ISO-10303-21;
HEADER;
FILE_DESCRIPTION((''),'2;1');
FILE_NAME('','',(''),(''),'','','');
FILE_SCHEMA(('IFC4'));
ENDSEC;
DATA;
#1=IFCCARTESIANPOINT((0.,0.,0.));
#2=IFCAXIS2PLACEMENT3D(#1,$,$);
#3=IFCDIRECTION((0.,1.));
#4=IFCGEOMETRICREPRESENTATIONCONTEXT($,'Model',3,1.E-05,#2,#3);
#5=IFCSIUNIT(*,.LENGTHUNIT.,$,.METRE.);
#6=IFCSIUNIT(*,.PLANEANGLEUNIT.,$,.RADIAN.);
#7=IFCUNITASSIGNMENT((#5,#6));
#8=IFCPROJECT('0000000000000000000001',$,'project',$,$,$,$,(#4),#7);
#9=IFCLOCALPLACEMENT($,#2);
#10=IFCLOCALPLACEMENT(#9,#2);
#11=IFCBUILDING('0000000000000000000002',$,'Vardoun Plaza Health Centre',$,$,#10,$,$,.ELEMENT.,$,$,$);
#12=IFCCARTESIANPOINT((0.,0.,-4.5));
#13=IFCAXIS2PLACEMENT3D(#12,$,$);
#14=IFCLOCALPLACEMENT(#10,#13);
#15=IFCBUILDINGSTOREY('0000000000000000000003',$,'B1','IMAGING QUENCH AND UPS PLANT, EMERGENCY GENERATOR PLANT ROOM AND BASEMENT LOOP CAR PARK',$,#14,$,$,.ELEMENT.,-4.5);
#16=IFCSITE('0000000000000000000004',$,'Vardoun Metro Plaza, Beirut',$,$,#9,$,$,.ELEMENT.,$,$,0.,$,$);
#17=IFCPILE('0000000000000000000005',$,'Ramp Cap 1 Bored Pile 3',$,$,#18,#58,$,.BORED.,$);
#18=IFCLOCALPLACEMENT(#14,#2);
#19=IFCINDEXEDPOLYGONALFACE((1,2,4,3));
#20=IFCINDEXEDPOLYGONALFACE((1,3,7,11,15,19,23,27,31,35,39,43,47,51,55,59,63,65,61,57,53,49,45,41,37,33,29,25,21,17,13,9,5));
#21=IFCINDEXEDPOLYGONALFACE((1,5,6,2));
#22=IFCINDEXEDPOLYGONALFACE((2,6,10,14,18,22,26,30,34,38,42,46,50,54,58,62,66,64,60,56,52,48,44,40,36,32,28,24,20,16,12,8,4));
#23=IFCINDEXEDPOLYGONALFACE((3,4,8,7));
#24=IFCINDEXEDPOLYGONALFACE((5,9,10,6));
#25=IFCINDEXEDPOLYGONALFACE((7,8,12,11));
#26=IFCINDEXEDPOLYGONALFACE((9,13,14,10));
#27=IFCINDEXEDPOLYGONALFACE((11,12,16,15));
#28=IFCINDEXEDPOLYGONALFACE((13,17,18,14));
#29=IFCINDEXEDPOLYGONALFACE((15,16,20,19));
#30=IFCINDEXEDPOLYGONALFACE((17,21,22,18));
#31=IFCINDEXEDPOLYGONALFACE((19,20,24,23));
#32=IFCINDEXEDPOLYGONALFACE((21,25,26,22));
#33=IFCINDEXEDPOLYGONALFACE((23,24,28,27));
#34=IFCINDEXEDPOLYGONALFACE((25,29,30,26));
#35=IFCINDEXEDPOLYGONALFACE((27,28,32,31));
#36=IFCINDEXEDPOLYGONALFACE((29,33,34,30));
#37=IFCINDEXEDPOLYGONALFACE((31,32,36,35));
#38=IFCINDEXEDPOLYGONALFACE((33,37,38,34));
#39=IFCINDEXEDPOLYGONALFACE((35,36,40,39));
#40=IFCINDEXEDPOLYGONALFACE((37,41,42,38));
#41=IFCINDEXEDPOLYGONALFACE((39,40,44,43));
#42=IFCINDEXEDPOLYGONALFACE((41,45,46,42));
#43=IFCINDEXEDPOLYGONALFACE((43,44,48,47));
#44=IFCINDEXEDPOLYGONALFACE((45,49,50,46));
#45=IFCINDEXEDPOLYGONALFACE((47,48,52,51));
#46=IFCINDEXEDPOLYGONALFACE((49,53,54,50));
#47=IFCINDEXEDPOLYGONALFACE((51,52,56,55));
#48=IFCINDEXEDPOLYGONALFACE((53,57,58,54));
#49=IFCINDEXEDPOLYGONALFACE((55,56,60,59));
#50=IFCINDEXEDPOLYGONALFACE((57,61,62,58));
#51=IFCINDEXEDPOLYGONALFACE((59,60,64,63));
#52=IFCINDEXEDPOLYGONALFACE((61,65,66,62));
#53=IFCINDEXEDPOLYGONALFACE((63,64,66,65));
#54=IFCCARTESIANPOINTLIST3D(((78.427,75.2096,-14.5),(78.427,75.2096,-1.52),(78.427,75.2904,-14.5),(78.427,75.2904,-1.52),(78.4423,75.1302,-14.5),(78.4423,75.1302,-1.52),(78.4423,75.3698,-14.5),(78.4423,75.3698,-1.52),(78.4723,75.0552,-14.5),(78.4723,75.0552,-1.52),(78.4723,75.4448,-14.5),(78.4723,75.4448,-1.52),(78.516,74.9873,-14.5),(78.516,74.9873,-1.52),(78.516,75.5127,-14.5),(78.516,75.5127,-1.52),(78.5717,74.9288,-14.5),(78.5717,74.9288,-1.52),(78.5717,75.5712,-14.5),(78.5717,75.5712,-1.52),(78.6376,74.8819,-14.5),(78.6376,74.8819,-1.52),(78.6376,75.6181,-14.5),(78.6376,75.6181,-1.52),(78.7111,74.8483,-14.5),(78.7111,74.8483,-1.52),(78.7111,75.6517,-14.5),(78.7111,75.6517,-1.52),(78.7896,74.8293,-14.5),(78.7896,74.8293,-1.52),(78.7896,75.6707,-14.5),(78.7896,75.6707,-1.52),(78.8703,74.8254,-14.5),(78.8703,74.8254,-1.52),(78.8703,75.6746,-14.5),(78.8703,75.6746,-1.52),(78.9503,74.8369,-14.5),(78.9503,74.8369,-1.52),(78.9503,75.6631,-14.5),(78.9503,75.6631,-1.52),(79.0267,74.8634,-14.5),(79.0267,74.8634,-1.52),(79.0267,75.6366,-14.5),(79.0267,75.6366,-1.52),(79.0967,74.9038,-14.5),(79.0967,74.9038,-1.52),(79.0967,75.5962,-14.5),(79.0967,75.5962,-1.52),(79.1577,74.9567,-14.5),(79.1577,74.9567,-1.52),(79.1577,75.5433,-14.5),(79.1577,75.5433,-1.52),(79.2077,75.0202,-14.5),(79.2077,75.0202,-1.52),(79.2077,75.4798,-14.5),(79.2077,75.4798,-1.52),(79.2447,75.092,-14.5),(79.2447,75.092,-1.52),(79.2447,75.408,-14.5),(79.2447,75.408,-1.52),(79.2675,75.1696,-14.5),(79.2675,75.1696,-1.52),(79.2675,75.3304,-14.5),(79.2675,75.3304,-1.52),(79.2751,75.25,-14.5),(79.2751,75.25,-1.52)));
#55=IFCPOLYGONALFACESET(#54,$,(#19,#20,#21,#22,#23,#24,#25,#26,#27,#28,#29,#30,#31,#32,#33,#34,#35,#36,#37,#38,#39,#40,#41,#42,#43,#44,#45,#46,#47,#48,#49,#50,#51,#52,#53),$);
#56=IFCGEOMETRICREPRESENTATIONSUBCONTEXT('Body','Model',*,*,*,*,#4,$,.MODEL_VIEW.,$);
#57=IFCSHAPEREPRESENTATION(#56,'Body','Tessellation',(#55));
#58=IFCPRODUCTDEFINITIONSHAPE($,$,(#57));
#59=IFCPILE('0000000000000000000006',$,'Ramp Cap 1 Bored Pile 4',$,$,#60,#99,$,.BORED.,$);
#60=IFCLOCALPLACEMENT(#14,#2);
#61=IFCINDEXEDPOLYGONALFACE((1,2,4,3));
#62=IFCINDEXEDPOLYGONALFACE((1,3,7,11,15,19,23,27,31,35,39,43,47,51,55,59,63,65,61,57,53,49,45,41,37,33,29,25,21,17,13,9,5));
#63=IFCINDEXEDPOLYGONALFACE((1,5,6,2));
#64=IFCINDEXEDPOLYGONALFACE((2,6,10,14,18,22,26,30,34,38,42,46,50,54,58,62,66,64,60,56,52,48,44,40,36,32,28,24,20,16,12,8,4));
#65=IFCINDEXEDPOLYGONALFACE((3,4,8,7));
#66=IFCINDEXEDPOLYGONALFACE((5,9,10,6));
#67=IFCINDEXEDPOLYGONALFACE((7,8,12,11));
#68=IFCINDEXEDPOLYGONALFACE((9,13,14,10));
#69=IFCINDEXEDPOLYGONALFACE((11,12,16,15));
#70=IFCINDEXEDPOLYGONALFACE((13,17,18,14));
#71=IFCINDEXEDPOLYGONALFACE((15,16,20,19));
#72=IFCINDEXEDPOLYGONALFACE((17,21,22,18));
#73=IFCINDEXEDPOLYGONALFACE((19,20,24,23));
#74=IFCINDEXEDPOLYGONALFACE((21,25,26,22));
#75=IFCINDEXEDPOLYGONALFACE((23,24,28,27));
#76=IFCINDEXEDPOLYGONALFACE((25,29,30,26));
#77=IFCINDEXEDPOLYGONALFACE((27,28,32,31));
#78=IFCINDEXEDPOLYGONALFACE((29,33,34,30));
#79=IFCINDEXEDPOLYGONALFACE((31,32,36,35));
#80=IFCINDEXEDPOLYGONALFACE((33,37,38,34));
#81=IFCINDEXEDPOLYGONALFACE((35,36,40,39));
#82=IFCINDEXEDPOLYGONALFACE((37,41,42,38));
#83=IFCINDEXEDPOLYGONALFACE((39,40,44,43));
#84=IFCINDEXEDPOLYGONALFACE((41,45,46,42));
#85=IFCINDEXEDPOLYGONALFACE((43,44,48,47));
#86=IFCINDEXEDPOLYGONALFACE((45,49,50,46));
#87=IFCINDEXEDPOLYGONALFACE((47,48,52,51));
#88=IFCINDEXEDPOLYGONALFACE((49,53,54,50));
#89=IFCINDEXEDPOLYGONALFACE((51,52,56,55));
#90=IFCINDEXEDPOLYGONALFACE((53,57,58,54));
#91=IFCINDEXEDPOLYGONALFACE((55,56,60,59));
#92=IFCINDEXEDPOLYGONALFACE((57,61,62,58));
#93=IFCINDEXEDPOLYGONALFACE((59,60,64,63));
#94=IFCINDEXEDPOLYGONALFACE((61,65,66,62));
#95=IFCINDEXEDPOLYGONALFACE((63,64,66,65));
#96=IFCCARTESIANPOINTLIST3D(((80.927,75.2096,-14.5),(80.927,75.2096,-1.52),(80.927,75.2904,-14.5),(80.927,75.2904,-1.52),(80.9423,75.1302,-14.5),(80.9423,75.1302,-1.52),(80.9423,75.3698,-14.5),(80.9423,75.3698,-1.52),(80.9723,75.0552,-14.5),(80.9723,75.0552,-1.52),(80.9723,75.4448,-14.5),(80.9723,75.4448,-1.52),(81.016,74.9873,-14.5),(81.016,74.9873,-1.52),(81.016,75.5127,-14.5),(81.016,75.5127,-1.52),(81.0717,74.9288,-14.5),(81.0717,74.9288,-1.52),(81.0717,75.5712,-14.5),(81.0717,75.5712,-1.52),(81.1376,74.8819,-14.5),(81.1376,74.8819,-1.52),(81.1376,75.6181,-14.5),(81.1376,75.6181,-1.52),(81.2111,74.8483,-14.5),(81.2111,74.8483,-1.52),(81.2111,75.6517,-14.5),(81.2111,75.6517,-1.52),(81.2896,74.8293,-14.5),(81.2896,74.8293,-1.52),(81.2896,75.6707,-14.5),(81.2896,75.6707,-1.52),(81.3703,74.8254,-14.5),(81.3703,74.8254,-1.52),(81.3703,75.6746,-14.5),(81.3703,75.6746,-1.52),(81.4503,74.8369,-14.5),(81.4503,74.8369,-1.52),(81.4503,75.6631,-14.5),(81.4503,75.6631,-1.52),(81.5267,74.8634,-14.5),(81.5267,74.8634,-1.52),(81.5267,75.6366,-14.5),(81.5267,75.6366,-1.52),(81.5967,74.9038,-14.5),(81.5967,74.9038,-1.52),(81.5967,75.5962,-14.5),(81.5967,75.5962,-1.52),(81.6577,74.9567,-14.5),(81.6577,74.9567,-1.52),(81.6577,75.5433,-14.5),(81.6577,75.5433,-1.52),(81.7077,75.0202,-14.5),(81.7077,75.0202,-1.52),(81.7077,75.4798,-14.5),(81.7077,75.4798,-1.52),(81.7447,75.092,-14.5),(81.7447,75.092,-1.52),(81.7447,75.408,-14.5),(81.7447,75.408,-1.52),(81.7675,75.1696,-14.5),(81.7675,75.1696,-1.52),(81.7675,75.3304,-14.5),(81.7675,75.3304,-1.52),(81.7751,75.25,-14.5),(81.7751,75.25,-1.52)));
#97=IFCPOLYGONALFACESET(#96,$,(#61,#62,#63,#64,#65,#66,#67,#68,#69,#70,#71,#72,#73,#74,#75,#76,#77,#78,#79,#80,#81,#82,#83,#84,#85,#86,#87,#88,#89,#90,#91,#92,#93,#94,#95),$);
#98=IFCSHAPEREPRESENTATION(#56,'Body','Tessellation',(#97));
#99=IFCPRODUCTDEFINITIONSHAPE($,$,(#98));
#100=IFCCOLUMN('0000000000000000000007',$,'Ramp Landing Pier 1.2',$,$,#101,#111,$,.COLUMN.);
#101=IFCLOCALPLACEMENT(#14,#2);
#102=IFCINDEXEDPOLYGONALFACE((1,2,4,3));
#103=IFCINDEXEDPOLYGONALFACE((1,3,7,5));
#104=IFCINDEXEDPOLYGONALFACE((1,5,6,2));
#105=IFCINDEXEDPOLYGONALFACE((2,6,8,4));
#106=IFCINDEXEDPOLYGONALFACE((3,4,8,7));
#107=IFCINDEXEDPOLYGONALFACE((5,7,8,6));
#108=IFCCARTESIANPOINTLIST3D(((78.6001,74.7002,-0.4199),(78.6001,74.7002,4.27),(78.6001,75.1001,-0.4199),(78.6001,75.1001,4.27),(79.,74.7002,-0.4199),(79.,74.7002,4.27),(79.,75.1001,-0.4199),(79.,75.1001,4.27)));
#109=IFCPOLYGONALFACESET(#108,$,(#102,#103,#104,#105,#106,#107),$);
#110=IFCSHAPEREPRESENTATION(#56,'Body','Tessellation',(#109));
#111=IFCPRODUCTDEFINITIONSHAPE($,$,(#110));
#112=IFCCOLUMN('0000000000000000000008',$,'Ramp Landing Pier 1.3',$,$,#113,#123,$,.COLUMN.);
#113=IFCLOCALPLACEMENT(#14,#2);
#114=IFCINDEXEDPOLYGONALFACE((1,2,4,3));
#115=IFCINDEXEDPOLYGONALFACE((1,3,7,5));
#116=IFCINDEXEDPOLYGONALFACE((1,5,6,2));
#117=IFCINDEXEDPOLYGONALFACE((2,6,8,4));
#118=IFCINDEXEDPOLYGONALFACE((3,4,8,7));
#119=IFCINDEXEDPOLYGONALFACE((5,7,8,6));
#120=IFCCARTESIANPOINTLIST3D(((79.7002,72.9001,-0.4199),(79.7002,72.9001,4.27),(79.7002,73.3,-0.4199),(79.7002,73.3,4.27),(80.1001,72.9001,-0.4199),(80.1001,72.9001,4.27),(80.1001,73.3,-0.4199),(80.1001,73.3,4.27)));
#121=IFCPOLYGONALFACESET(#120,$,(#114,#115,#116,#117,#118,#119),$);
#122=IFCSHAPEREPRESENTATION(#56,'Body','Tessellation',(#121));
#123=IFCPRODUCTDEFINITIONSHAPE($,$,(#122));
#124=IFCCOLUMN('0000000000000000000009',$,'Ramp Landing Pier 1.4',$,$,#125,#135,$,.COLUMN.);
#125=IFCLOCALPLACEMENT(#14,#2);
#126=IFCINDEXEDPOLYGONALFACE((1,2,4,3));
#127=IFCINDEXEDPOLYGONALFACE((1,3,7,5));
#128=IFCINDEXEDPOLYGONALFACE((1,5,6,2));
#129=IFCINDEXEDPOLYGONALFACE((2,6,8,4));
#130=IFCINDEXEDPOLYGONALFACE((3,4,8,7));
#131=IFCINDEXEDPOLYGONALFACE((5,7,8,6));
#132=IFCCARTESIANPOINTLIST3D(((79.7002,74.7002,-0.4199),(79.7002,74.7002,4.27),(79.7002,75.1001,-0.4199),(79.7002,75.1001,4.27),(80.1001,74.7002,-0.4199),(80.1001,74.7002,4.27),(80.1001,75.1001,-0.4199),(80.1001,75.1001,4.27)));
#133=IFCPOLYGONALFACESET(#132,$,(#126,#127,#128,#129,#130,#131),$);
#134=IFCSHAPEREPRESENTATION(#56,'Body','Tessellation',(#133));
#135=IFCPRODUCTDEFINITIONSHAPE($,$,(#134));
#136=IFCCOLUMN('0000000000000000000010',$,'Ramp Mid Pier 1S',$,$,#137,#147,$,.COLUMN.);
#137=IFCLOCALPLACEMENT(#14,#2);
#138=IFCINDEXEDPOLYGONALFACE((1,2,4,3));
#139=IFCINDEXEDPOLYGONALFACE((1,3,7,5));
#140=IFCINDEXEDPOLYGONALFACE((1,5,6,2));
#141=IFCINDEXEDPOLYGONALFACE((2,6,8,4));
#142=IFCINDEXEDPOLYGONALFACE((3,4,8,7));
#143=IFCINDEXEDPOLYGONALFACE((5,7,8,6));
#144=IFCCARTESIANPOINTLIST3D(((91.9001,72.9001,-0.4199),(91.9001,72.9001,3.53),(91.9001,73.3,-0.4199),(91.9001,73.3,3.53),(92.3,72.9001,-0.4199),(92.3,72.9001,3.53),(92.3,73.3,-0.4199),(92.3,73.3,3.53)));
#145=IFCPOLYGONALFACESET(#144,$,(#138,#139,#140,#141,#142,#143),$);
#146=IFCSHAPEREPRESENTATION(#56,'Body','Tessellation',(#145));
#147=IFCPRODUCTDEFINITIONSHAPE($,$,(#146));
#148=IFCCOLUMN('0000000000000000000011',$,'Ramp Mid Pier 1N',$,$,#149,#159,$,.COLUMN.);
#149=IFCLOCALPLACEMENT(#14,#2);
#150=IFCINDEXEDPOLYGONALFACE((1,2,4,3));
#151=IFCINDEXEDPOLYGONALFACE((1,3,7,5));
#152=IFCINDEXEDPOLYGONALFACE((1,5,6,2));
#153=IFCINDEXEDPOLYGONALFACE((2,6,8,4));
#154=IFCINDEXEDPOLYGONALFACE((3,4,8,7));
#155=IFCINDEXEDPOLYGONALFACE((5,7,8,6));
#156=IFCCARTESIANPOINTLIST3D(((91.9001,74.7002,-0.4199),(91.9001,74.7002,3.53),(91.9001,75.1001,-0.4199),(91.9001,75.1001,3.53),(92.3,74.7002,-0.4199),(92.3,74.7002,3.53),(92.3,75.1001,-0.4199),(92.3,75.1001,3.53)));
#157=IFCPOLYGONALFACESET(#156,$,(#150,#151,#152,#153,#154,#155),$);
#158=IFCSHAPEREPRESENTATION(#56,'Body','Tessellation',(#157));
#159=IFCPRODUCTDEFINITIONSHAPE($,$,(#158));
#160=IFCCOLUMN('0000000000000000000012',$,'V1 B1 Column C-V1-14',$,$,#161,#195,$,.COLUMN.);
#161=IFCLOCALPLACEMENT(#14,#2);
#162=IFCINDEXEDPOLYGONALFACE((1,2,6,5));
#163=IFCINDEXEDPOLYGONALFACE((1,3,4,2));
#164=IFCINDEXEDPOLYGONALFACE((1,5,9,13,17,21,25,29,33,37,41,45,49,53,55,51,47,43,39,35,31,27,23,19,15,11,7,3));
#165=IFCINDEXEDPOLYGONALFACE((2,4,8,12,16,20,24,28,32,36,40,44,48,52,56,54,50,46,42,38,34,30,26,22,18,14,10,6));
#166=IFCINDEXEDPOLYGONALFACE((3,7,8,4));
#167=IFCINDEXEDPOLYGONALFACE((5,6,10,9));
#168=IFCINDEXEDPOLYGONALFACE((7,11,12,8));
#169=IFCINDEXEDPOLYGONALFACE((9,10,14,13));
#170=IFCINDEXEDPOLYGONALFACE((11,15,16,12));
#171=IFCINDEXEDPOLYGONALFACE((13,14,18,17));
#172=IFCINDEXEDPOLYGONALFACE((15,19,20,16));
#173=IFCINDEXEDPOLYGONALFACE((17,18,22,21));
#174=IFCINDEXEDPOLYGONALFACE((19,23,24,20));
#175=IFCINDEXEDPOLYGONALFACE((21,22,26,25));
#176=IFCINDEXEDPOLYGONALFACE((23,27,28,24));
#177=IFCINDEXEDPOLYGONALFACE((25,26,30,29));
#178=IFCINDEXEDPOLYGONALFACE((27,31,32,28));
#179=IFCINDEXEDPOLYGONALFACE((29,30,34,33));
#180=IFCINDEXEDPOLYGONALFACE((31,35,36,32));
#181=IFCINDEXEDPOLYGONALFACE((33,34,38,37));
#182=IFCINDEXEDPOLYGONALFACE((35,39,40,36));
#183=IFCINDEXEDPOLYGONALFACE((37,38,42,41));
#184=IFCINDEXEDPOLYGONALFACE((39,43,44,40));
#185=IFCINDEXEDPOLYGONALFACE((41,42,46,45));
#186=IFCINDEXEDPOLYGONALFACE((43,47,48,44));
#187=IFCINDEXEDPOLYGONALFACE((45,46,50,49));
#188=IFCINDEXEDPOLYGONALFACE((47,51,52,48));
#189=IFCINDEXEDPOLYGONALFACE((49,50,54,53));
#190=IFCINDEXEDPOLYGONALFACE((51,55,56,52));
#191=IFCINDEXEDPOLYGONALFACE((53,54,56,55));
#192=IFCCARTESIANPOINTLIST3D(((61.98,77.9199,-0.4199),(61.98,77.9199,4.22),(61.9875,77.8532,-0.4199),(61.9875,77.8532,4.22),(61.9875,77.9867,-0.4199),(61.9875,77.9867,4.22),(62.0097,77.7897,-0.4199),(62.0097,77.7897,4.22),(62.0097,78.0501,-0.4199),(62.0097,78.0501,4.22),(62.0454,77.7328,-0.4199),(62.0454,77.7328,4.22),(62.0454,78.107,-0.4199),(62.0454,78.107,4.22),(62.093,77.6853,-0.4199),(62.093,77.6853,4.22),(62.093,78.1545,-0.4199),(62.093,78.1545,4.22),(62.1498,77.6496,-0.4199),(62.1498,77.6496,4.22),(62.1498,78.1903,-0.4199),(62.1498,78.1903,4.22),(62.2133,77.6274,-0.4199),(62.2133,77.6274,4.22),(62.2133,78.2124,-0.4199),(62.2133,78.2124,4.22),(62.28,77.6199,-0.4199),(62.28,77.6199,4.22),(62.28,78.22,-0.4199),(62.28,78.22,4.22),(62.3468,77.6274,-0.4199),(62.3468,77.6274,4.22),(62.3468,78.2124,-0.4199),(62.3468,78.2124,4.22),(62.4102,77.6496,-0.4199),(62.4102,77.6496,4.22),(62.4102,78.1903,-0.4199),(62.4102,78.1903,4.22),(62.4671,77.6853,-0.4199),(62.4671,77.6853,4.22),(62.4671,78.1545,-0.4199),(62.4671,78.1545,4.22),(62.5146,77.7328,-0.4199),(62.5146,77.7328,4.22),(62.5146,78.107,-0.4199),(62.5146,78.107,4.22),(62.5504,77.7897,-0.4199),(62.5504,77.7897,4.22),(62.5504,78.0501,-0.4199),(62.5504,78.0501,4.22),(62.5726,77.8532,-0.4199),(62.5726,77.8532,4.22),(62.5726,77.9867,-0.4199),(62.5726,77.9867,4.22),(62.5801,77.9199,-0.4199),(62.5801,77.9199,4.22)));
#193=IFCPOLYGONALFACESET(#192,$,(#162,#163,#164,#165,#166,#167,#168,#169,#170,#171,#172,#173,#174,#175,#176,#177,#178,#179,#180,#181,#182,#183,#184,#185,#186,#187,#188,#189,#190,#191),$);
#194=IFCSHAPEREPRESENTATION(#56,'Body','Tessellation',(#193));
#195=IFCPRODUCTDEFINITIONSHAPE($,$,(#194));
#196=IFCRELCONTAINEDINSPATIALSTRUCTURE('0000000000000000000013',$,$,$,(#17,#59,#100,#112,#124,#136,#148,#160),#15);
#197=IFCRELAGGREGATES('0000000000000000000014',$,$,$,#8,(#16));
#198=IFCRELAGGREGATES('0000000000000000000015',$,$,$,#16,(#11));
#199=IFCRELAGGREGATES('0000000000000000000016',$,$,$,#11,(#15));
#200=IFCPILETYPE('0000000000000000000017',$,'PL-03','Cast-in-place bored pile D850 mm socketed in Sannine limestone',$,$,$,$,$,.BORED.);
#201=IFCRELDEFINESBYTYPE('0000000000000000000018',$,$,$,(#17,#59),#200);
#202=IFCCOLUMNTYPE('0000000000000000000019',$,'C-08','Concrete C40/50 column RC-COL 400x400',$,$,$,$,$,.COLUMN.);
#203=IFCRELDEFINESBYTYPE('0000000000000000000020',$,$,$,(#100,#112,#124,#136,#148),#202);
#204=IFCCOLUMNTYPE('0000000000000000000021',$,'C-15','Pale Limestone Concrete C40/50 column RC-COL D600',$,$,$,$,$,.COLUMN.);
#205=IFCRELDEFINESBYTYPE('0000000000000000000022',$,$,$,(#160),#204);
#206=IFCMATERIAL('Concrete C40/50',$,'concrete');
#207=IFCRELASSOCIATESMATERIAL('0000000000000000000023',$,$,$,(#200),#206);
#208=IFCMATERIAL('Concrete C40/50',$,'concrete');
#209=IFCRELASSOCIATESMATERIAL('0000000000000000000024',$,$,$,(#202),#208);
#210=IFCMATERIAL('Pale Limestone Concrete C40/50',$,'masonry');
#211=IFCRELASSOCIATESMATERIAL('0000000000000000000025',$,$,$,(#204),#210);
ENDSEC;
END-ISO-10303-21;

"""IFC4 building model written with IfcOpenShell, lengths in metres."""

from ifc_helpers import new_model, si_unit, direction, frame, origin, origin_2d, place, context, subcontext, project, spatial, rectangle, circle, extrude, material, material_profile, profile_set, type_object, element, save


model = new_model("IFC4")

# Units and contexts
model_context = context("Model", 3, precision=1e-05, world=origin(), true_north=direction((0.0, 1.0)))
body_context = subcontext(model_context, "Body", "Model", "MODEL_VIEW")
ifc_project = project(units=[si_unit("LENGTHUNIT", "METRE"), si_unit("PLANEANGLEUNIT", "RADIAN")], contexts=[model_context])

# Site, building, storey
site_placement = place(None, origin())
site = spatial("IfcSite", under=ifc_project, at=site_placement, Name="Vardoun Metro Plaza, Beirut", CompositionType="ELEMENT", RefElevation=0.0)
building_placement = place(site_placement, origin())
building = spatial("IfcBuilding", under=site, at=building_placement, Name="Vardoun Plaza Health Centre", CompositionType="ELEMENT")
storey_placement = place(building_placement, frame((0.0, 0.0, -4.5)))
storey = spatial("IfcBuildingStorey", under=building, at=storey_placement, Name="B1", Description="IMAGING QUENCH AND UPS PLANT, EMERGENCY GENERATOR PLANT ROOM AND BASEMENT LOOP CAR PARK", CompositionType="ELEMENT", Elevation=-4.5)

# Piles
ifc_material_1 = material(Name="Concrete C40/50", Category="concrete")
ifc_material_profile_1 = material_profile(ifc_material_1, circle(Radius=0.425, at=origin_2d()), Name="PILE D850")
ifc_profile_set_1 = profile_set([ifc_material_profile_1], Name="Concrete C40/50")
pile_type_1 = type_object("IfcPileType", Name="PL-03", Description="Cast-in-place bored pile D850 mm socketed in Sannine limestone", PredefinedType="BORED", material=ifc_profile_set_1)
for number, where, z_axis, x_axis, name in (
    (1, (78.8501, 75.25, -1.52), (0.0, 0.0, -1.0), (1.0, 0.0, 0.0), "Ramp Cap 1 Bored Pile 3"),
    (2, (81.3501, 75.25, -1.52), (0.0, 0.0, -1.0), (1.0, 0.0, 0.0), "Ramp Cap 1 Bored Pile 4"),
):
    element("IfcPile", number, at=place(storey_placement, frame(where, z_axis=z_axis, x_axis=x_axis)), inside=storey, type_object=pile_type_1, Name=name, PredefinedType="BORED", context=body_context, shape_type="SweptSolid", body=[
        extrude(circle(Radius=0.425, at=origin_2d()), origin(), (0.0, 0.0, 1.0), 12.98),
    ])

# Columns
ifc_material_2 = material(Name="Concrete C40/50", Category="concrete")
ifc_material_profile_2 = material_profile(ifc_material_2, rectangle(XDim=0.3999, YDim=0.3999, at=origin_2d()), Name="RC-COL 400x400")
ifc_profile_set_2 = profile_set([ifc_material_profile_2], Name="Concrete C40/50")
column_type_1 = type_object("IfcColumnType", Name="C-08", Description="Concrete C40/50 column RC-COL 400x400", PredefinedType="COLUMN", material=ifc_profile_set_2)
for number, where, z_axis, x_axis, name in (
    (3, (78.8, 74.9001, -0.4199), (0.0, 0.0, 1.0), (1.0, 0.0, 0.0), "Ramp Landing Pier 1.2"),
    (4, (79.9001, 73.1001, -0.4199), (0.0, 0.0, 1.0), (1.0, 0.0, 0.0), "Ramp Landing Pier 1.3"),
    (5, (79.9001, 74.9001, -0.4199), (0.0, 0.0, 1.0), (1.0, 0.0, 0.0), "Ramp Landing Pier 1.4"),
):
    element("IfcColumn", number, at=place(storey_placement, frame(where, z_axis=z_axis, x_axis=x_axis)), inside=storey, type_object=column_type_1, Name=name, PredefinedType="COLUMN", context=body_context, shape_type="SweptSolid", body=[
        extrude(rectangle(XDim=0.3999, YDim=0.3999, at=origin_2d()), origin(), (0.0, 0.0, 1.0), 4.6899),
    ])
for number, where, z_axis, x_axis, name in (
    (6, (92.1001, 73.1001, -0.4199), (0.0, 0.0, 1.0), (1.0, 0.0, 0.0), "Ramp Mid Pier 1S"),
    (7, (92.1001, 74.9001, -0.4199), (0.0, 0.0, 1.0), (1.0, 0.0, 0.0), "Ramp Mid Pier 1N"),
):
    element("IfcColumn", number, at=place(storey_placement, frame(where, z_axis=z_axis, x_axis=x_axis)), inside=storey, type_object=column_type_1, Name=name, PredefinedType="COLUMN", context=body_context, shape_type="SweptSolid", body=[
        extrude(rectangle(XDim=0.3999, YDim=0.3999, at=origin_2d()), origin(), (0.0, 0.0, 1.0), 3.95),
    ])
ifc_material_3 = material(Name="Pale Limestone Concrete C40/50", Category="masonry")
ifc_material_profile_3 = material_profile(ifc_material_3, circle(Radius=0.3, at=origin_2d()), Name="RC-COL D600")
ifc_profile_set_3 = profile_set([ifc_material_profile_3], Name="Pale Limestone Concrete C40/50")
column_type_2 = type_object("IfcColumnType", Name="C-15", Description="Pale Limestone Concrete C40/50 column RC-COL D600", PredefinedType="COLUMN", material=ifc_profile_set_3)
for number, where, z_axis, x_axis, name in (
    (8, (62.28, 77.9199, -0.4199), (0.0, 0.0, 1.0), (1.0, 0.0, 0.0), "V1 B1 Column C-V1-14"),
):
    element("IfcColumn", number, at=place(storey_placement, frame(where, z_axis=z_axis, x_axis=x_axis)), inside=storey, type_object=column_type_2, Name=name, PredefinedType="COLUMN", context=body_context, shape_type="SweptSolid", body=[
        extrude(circle(Radius=0.3, at=origin_2d()), origin(), (0.0, 0.0, 1.0), 4.6399),
    ])

save(model, "model.ifc")
